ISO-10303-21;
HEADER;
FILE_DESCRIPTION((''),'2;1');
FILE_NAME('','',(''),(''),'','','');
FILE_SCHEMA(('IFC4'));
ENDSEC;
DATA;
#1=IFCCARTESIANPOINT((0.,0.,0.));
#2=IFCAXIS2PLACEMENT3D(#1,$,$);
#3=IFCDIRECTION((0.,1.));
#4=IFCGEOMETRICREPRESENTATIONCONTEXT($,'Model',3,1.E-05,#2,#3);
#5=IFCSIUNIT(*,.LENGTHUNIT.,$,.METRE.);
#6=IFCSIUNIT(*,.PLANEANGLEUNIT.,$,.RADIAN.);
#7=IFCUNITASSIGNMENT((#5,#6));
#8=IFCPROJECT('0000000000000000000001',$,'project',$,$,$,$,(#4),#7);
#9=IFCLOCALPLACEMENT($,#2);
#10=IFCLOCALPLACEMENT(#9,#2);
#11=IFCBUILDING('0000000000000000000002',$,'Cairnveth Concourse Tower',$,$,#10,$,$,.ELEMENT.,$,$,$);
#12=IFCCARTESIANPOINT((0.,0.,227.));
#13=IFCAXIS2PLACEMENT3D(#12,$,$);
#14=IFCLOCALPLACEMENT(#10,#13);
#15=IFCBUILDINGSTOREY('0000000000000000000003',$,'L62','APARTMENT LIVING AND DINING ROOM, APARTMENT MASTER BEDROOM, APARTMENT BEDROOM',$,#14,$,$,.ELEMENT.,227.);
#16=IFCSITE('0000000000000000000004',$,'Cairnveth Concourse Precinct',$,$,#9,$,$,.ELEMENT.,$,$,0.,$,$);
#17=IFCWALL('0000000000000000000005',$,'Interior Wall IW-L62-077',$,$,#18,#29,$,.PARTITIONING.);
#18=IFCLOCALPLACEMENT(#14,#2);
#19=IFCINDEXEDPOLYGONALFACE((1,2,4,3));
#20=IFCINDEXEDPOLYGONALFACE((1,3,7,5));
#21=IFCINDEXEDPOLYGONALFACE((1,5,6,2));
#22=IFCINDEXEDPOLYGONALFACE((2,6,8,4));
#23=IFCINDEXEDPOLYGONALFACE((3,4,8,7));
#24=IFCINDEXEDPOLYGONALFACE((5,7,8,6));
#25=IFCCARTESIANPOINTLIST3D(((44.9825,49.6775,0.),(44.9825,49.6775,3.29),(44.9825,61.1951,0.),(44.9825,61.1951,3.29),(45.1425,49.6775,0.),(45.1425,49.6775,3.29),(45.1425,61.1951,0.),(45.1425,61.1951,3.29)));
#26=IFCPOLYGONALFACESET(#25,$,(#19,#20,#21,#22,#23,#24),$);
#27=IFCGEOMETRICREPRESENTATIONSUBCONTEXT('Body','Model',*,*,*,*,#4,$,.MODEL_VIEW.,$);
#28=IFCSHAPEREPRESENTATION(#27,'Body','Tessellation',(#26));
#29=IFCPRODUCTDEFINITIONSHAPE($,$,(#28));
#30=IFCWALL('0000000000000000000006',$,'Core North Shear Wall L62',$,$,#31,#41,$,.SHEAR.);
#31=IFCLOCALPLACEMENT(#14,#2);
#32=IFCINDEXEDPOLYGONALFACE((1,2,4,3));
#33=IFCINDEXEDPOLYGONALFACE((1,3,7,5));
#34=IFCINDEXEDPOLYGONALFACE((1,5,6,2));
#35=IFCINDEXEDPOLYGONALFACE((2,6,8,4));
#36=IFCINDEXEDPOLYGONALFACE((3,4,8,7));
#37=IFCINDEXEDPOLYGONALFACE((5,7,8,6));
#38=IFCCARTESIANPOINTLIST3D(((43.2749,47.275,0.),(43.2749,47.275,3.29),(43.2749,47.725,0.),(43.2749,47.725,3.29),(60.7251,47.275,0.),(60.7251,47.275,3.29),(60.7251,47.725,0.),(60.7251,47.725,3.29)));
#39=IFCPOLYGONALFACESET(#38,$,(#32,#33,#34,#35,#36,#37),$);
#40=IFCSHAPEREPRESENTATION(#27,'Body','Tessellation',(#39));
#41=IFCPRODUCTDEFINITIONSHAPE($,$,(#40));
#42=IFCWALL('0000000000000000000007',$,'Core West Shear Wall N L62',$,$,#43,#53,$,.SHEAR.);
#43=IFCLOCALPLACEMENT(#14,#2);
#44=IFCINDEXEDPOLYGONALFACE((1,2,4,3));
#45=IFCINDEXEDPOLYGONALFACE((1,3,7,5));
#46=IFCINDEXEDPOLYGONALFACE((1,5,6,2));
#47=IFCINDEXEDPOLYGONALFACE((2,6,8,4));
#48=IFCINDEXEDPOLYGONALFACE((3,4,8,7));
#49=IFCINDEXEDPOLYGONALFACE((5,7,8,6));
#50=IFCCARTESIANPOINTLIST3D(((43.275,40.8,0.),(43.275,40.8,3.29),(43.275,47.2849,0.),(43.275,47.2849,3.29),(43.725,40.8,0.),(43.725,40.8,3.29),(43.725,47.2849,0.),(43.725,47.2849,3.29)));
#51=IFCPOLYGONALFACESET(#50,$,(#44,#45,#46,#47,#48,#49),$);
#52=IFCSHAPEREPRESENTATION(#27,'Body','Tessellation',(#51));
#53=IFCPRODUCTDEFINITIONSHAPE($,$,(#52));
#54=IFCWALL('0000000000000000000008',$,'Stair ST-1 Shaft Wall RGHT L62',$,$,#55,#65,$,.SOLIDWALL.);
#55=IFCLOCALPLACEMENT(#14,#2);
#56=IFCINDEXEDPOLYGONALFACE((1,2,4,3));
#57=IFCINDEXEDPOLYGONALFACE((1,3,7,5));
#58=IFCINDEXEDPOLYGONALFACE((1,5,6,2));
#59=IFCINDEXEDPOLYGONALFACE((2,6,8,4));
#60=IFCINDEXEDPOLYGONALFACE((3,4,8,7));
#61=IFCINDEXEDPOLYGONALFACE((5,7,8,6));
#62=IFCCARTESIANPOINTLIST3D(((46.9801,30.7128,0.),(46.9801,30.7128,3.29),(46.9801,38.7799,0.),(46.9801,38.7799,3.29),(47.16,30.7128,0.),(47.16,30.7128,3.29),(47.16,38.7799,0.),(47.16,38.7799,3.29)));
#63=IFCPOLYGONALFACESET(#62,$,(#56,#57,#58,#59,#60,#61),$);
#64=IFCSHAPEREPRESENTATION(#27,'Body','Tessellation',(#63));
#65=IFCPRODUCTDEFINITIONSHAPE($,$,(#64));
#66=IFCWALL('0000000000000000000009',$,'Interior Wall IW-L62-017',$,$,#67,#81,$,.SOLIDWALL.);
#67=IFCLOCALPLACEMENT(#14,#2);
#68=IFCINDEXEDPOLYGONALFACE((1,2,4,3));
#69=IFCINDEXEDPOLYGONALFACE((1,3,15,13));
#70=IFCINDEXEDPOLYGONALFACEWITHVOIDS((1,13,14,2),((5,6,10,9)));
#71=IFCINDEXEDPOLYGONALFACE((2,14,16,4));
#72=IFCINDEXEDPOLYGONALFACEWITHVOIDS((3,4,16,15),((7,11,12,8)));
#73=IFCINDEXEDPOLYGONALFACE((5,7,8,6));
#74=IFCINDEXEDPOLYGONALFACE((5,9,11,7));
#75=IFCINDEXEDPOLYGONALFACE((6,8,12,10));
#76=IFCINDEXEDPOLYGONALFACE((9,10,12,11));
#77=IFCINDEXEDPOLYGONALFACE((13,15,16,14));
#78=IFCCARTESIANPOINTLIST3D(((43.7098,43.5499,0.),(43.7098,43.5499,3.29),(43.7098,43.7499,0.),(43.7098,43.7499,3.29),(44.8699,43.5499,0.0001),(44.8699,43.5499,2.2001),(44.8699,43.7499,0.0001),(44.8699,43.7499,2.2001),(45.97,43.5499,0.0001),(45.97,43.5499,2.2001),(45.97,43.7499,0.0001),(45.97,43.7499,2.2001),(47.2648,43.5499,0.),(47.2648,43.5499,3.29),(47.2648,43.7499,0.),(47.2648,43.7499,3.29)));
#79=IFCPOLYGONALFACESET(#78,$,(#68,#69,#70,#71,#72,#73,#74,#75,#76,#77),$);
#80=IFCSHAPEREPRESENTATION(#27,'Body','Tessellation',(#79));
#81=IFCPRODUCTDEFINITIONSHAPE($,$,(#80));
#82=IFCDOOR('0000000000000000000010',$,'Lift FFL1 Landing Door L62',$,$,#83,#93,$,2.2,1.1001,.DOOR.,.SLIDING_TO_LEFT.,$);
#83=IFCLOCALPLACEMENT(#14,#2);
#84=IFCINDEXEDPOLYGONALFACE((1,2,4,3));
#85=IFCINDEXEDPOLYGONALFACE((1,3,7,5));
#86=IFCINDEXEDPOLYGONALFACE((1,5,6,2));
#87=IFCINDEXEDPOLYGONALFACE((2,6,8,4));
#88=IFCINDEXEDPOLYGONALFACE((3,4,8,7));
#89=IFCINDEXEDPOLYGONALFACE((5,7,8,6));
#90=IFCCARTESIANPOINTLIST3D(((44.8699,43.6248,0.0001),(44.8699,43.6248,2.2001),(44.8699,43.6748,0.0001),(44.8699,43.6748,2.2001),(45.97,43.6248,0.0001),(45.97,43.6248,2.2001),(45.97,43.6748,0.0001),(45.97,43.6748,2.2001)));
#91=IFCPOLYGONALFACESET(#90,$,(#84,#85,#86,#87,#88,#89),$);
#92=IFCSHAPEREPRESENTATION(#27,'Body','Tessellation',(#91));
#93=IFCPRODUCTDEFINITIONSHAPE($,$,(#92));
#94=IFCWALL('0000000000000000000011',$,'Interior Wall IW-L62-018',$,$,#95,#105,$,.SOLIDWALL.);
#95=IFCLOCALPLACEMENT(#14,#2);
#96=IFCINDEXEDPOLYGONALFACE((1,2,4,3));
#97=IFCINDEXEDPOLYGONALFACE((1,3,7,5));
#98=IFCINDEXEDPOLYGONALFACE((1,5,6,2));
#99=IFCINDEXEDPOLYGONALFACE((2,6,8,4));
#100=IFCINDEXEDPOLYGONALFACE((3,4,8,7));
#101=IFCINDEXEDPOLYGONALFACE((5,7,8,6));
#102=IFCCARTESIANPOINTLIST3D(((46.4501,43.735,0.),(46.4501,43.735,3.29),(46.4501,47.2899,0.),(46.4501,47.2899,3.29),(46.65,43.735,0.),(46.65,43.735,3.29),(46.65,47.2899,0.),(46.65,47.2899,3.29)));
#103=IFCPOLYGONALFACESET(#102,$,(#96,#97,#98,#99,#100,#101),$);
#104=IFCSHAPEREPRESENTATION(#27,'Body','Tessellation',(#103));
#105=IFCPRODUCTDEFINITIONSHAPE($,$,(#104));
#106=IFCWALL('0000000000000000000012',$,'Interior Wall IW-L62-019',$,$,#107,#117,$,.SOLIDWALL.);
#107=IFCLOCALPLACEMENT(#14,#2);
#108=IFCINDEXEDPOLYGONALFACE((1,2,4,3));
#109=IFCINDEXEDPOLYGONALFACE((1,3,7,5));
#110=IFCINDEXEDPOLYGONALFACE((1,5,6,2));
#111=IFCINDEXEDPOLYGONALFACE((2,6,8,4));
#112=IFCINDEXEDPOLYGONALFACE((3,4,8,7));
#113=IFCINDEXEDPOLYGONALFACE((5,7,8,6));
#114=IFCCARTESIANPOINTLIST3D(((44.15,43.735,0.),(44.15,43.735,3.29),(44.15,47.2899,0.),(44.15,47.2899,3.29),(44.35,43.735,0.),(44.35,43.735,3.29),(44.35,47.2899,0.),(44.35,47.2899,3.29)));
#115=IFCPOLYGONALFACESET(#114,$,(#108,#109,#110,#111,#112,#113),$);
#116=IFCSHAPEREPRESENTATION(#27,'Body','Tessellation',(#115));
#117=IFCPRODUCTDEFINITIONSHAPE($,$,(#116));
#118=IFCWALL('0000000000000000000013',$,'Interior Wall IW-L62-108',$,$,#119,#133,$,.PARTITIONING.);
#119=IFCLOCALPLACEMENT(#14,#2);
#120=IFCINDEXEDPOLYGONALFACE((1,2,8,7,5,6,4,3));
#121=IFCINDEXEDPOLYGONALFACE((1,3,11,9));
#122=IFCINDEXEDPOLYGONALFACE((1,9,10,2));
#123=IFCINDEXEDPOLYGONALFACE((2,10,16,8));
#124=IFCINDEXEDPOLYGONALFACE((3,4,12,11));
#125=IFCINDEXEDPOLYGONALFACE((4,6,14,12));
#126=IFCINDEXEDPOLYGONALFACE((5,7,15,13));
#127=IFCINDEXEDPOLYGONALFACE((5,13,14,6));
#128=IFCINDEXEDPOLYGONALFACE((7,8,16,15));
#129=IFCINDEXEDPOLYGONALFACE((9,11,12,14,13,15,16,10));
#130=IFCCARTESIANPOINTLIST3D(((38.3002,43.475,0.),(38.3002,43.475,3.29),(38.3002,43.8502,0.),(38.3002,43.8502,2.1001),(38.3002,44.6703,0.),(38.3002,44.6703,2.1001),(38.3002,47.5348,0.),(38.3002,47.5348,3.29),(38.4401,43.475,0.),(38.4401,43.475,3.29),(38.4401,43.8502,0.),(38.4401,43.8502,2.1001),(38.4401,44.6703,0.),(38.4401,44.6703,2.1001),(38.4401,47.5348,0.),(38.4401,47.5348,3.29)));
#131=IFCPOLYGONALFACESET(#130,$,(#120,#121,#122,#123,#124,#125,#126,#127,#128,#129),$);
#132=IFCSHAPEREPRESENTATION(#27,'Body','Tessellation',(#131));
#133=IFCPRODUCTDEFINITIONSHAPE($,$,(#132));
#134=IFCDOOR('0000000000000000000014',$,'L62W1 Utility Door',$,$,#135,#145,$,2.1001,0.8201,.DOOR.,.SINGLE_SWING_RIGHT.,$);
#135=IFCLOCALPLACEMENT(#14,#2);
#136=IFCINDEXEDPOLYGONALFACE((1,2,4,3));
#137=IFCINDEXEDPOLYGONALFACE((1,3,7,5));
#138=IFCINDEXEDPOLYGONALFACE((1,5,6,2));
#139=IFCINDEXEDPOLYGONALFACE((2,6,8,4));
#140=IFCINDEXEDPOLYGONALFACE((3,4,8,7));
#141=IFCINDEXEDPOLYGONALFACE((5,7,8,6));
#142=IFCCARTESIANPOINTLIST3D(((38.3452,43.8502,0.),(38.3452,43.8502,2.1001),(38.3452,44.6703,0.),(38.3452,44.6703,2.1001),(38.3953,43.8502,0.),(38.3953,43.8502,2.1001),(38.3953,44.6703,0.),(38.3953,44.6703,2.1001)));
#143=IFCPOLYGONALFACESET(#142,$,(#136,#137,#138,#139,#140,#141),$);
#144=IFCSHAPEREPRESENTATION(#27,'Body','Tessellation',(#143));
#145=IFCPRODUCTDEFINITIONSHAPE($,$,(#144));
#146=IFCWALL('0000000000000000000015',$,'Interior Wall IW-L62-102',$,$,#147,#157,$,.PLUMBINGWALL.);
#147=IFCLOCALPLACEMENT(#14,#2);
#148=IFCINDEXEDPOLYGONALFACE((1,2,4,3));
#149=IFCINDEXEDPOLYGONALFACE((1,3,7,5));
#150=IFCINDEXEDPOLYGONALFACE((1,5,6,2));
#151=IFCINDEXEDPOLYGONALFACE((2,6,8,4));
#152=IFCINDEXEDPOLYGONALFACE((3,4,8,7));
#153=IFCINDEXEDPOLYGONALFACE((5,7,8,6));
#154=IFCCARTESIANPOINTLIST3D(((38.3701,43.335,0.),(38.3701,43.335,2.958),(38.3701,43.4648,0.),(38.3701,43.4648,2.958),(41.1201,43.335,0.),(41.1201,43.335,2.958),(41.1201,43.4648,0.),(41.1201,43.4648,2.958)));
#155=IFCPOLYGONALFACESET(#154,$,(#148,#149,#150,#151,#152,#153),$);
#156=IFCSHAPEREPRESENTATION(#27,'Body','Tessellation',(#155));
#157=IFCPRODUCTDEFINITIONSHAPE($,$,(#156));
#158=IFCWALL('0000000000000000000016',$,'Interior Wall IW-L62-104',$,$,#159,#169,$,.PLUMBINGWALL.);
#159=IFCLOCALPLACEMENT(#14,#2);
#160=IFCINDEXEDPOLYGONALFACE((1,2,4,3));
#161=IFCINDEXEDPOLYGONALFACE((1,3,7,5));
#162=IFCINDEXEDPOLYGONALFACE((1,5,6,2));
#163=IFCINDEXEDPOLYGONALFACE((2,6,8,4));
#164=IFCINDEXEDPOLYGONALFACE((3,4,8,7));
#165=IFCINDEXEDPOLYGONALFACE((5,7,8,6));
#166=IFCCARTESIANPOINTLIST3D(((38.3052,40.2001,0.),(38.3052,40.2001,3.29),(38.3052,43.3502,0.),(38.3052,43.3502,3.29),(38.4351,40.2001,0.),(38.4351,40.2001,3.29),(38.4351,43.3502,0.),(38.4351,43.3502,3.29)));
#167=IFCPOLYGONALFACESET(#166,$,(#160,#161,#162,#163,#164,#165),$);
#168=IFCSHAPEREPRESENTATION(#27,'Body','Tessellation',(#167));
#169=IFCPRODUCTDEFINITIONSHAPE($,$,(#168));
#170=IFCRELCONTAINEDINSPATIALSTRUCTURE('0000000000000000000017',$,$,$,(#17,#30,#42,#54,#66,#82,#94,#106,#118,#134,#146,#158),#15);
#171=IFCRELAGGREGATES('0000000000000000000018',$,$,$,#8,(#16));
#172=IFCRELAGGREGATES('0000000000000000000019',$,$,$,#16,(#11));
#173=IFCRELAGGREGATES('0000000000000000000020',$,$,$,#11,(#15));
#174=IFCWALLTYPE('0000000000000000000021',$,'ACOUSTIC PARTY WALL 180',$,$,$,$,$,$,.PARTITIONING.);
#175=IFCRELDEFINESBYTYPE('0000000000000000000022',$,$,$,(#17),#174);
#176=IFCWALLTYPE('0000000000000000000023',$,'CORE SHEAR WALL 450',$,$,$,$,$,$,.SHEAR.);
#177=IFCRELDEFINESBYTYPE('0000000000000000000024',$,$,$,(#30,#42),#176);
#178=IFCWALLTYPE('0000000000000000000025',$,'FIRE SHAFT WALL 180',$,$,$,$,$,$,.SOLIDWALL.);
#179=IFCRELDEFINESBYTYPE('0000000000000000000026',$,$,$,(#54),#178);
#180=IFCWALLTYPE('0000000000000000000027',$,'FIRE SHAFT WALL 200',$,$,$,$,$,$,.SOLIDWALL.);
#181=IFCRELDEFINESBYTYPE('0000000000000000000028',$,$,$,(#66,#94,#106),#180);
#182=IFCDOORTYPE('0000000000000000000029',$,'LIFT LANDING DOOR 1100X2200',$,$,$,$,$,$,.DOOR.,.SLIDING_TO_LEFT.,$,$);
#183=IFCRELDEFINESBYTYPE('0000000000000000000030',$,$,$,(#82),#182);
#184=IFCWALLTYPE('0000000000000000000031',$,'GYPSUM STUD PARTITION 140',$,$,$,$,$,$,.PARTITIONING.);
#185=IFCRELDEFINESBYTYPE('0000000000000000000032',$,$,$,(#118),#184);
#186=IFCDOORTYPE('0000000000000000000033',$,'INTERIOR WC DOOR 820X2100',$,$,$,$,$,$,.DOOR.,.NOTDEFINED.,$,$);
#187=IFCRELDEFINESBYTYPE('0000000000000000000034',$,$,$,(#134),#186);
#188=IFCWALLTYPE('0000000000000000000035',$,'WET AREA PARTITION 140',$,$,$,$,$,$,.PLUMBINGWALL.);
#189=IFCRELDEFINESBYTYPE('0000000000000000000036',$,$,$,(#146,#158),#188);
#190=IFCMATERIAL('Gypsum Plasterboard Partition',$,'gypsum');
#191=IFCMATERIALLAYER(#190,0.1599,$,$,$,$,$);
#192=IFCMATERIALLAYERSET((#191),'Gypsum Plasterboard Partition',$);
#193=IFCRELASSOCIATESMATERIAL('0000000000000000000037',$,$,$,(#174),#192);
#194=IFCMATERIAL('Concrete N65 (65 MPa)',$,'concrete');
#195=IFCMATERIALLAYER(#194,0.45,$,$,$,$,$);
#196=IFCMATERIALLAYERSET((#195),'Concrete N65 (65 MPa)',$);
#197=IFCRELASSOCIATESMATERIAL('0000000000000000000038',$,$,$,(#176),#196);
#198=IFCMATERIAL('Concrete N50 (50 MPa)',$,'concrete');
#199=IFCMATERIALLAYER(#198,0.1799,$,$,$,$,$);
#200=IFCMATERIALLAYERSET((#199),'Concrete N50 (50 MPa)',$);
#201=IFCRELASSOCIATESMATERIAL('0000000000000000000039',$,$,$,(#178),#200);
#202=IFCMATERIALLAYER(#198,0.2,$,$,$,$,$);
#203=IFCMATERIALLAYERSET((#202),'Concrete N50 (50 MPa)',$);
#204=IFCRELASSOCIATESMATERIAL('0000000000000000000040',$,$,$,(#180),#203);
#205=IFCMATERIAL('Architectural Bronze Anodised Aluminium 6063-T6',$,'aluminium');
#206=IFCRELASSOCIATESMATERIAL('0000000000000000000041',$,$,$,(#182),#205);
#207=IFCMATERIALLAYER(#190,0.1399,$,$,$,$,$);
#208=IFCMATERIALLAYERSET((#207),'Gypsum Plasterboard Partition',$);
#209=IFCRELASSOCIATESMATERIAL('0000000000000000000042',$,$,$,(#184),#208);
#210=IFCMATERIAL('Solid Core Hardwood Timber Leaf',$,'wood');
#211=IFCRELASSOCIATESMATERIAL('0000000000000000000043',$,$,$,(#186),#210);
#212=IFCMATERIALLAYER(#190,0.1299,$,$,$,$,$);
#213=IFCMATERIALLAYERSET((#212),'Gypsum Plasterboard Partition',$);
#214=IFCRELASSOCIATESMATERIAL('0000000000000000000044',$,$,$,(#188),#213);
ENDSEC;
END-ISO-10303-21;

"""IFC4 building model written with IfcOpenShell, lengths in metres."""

from ifc_helpers import new_model, si_unit, direction, frame, frame_2d, origin, place, context, subcontext, project, spatial, rectangle, extrude, material, layer, layer_set, type_object, element, fill, save


model = new_model("IFC4")

# Units and contexts
model_context = context("Model", 3, precision=1e-05, world=origin(), true_north=direction((0.0, 1.0)))
body_context = subcontext(model_context, "Body", "Model", "MODEL_VIEW")
ifc_project = project(units=[si_unit("LENGTHUNIT", "METRE"), si_unit("PLANEANGLEUNIT", "RADIAN")], contexts=[model_context])

# Site, building, storey
site_placement = place(None, origin())
site = spatial("IfcSite", under=ifc_project, at=site_placement, Name="Cairnveth Concourse Precinct", CompositionType="ELEMENT", RefElevation=0.0)
building_placement = place(site_placement, origin())
building = spatial("IfcBuilding", under=site, at=building_placement, Name="Cairnveth Concourse Tower", CompositionType="ELEMENT")
storey_placement = place(building_placement, frame((0.0, 0.0, 227.0)))
storey = spatial("IfcBuildingStorey", under=building, at=storey_placement, Name="L62", Description="APARTMENT LIVING AND DINING ROOM, APARTMENT MASTER BEDROOM, APARTMENT BEDROOM", CompositionType="ELEMENT", Elevation=227.0)

# Shared definitions
ifc_material_1 = material(Name="Concrete N65 (65 MPa)", Category="concrete")

# Walls
ifc_material_2 = material(Name="Gypsum Plasterboard Partition", Category="gypsum")
ifc_layer_1 = layer(ifc_material_2, 0.1599)
ifc_layer_set_1 = layer_set([ifc_layer_1], Name="Gypsum Plasterboard Partition")
wall_type_1 = type_object("IfcWallType", Name="ACOUSTIC PARTY WALL 180", PredefinedType="PARTITIONING", material=ifc_layer_set_1)
wall_1_placement = place(storey_placement, frame((45.0625, 49.6775, 0.0), z_axis=(0.0, 0.0, 1.0), x_axis=(0.0, 1.0, 0.0)))
element("IfcWall", 1, at=wall_1_placement, inside=storey, type_object=wall_type_1, Name="Interior Wall IW-L62-077", PredefinedType="PARTITIONING", context=body_context, shape_type="SweptSolid", body=[
    extrude(rectangle(XDim=11.5176, YDim=0.1599, at=frame_2d((5.7588, 0.0))), origin(), (0.0, 0.0, 1.0), 3.29),
])
ifc_layer_2 = layer(ifc_material_1, 0.45)
ifc_layer_set_2 = layer_set([ifc_layer_2], Name="Concrete N65 (65 MPa)")
wall_type_2 = type_object("IfcWallType", Name="CORE SHEAR WALL 450", PredefinedType="SHEAR", material=ifc_layer_set_2)
wall_2_placement = place(storey_placement, frame((43.2749, 47.5, 0.0), z_axis=(0.0, 0.0, 1.0), x_axis=(1.0, 0.0, 0.0)))
element("IfcWall", 2, at=wall_2_placement, inside=storey, type_object=wall_type_2, Name="Core North Shear Wall L62", PredefinedType="SHEAR", context=body_context, shape_type="SweptSolid", body=[
    extrude(rectangle(XDim=17.4502, YDim=0.45, at=frame_2d((8.7251, 0.0))), origin(), (0.0, 0.0, 1.0), 3.29),
])
wall_3_placement = place(storey_placement, frame((43.5, 40.8, 0.0), z_axis=(0.0, 0.0, 1.0), x_axis=(0.0, 1.0, 0.0)))
element("IfcWall", 3, at=wall_3_placement, inside=storey, type_object=wall_type_2, Name="Core West Shear Wall N L62", PredefinedType="SHEAR", context=body_context, shape_type="SweptSolid", body=[
    extrude(rectangle(XDim=6.4849, YDim=0.45, at=frame_2d((3.2424, 0.0))), origin(), (0.0, 0.0, 1.0), 3.29),
])
ifc_material_3 = material(Name="Concrete N50 (50 MPa)", Category="concrete")
ifc_layer_3 = layer(ifc_material_3, 0.1799)
ifc_layer_set_3 = layer_set([ifc_layer_3], Name="Concrete N50 (50 MPa)")
wall_type_3 = type_object("IfcWallType", Name="FIRE SHAFT WALL 180", PredefinedType="SOLIDWALL", material=ifc_layer_set_3)
wall_4_placement = place(storey_placement, frame((47.0701, 38.78, 0.0), z_axis=(0.0, 0.0, 1.0), x_axis=(0.0, -1.0, 0.0)))
element("IfcWall", 4, at=wall_4_placement, inside=storey, type_object=wall_type_3, Name="Stair ST-1 Shaft Wall RGHT L62", PredefinedType="SOLIDWALL", context=body_context, shape_type="SweptSolid", body=[
    extrude(rectangle(XDim=8.0671, YDim=0.1799, at=frame_2d((4.0337, 0.0))), origin(), (0.0, 0.0, 1.0), 3.29),
])

# Wall, opening, door
ifc_layer_4 = layer(ifc_material_3, 0.2)
ifc_layer_set_4 = layer_set([ifc_layer_4], Name="Concrete N50 (50 MPa)")
wall_type_4 = type_object("IfcWallType", Name="FIRE SHAFT WALL 200", PredefinedType="SOLIDWALL", material=ifc_layer_set_4)
wall_5_placement = place(storey_placement, frame((43.71, 43.6499, 0.0), z_axis=(0.0, 0.0, 1.0), x_axis=(1.0, 0.0, 0.0)))
wall_5 = element("IfcWall", 5, at=wall_5_placement, inside=storey, type_object=wall_type_4, Name="Interior Wall IW-L62-017", PredefinedType="SOLIDWALL", context=body_context, shape_type="SweptSolid", body=[
    extrude(rectangle(XDim=3.5549, YDim=0.2, at=frame_2d((1.7773, 0.0))), origin(), (0.0, 0.0, 1.0), 3.29),
])
opening_1_placement = place(wall_5_placement, frame((1.1599, 0.0, 0.0)))
opening_1 = element("IfcOpeningElement", 6, at=opening_1_placement, cuts=wall_5, PredefinedType="OPENING", context=body_context, shape_type="SweptSolid", body=[
    extrude(rectangle(XDim=1.1001, YDim=2.2, at=frame_2d((0.55, 1.1001))), frame((0.0, 0.1099, 0.0), z_axis=(0.0, -1.0, 0.0), x_axis=(1.0, 0.0, 0.0)), (0.0, 0.0, 1.0), 0.22),
])
ifc_material_4 = material(Name="Architectural Bronze Anodised Aluminium 6063-T6", Category="aluminium")
door_type_1 = type_object("IfcDoorType", Name="LIFT LANDING DOOR 1100X2200", OperationType="SLIDING_TO_LEFT", PredefinedType="DOOR", material=ifc_material_4)
door_1_placement = place(opening_1_placement, origin())
door_1 = element("IfcDoor", 7, at=door_1_placement, inside=storey, type_object=door_type_1, Name="Lift FFL1 Landing Door L62", OperationType="SLIDING_TO_LEFT", OverallHeight=2.2, OverallWidth=1.1001, PredefinedType="DOOR", context=body_context, shape_type="SweptSolid", body=[
    extrude(rectangle(XDim=1.1001, YDim=2.2, at=frame_2d((0.55, 1.1001))), frame((0.0, 0.0249, 0.0), z_axis=(0.0, -1.0, 0.0), x_axis=(1.0, 0.0, 0.0)), (0.0, 0.0, 1.0), 0.05),
])
fill(opening_1, door_1)

# Walls
for number, where, z_axis, x_axis, name in (
    (8, (46.55, 43.7351, 0.0), (0.0, 0.0, 1.0), (0.0, 1.0, 0.0), "Interior Wall IW-L62-018"),
    (9, (44.25, 43.7351, 0.0), (0.0, 0.0, 1.0), (0.0, 1.0, 0.0), "Interior Wall IW-L62-019"),
):
    element("IfcWall", number, at=place(storey_placement, frame(where, z_axis=z_axis, x_axis=x_axis)), inside=storey, type_object=wall_type_4, Name=name, PredefinedType="SOLIDWALL", context=body_context, shape_type="SweptSolid", body=[
        extrude(rectangle(XDim=3.5549, YDim=0.2, at=frame_2d((1.7773, 0.0))), origin(), (0.0, 0.0, 1.0), 3.29),
    ])

# Wall, opening, door
ifc_layer_5 = layer(ifc_material_2, 0.1399)
ifc_layer_set_5 = layer_set([ifc_layer_5], Name="Gypsum Plasterboard Partition")
wall_type_5 = type_object("IfcWallType", Name="GYPSUM STUD PARTITION 140", PredefinedType="PARTITIONING", material=ifc_layer_set_5)
wall_6_placement = place(storey_placement, frame((38.3701, 43.4751, 0.0), z_axis=(0.0, 0.0, 1.0), x_axis=(0.0, 1.0, 0.0)))
wall_6 = element("IfcWall", 10, at=wall_6_placement, inside=storey, type_object=wall_type_5, Name="Interior Wall IW-L62-108", PredefinedType="PARTITIONING", context=body_context, shape_type="SweptSolid", body=[
    extrude(rectangle(XDim=4.0598, YDim=0.1399, at=frame_2d((2.0298, 0.0))), origin(), (0.0, 0.0, 1.0), 3.29),
])
opening_2_placement = place(wall_6_placement, frame((0.375, 0.0, 0.0)))
opening_2 = element("IfcOpeningElement", 11, at=opening_2_placement, cuts=wall_6, PredefinedType="OPENING", context=body_context, shape_type="SweptSolid", body=[
    extrude(rectangle(XDim=0.8201, YDim=2.1001, at=frame_2d((0.4102, 1.05))), frame((0.0, 0.0798, 0.0), z_axis=(0.0, -1.0, 0.0), x_axis=(1.0, 0.0, 0.0)), (0.0, 0.0, 1.0), 0.1599),
])
ifc_material_5 = material(Name="Solid Core Hardwood Timber Leaf", Category="wood")
door_type_2 = type_object("IfcDoorType", Name="INTERIOR WC DOOR 820X2100", OperationType="NOTDEFINED", PredefinedType="DOOR", material=ifc_material_5)
door_2_placement = place(opening_2_placement, origin())
door_2 = element("IfcDoor", 12, at=door_2_placement, inside=storey, type_object=door_type_2, Name="L62W1 Utility Door", OperationType="SINGLE_SWING_RIGHT", OverallHeight=2.1001, OverallWidth=0.8201, PredefinedType="DOOR", context=body_context, shape_type="SweptSolid", body=[
    extrude(rectangle(XDim=0.8201, YDim=2.1001, at=frame_2d((0.4102, 1.05))), frame((0.0, 0.0249, 0.0), z_axis=(0.0, -1.0, 0.0), x_axis=(1.0, 0.0, 0.0)), (0.0, 0.0, 1.0), 0.05),
])
fill(opening_2, door_2)

# Walls
ifc_layer_6 = layer(ifc_material_2, 0.1299)
ifc_layer_set_6 = layer_set([ifc_layer_6], Name="Gypsum Plasterboard Partition")
wall_type_6 = type_object("IfcWallType", Name="WET AREA PARTITION 140", PredefinedType="PLUMBINGWALL", material=ifc_layer_set_6)
wall_7_placement = place(storey_placement, frame((38.3701, 43.3999, 0.0), z_axis=(0.0, 0.0, 1.0), x_axis=(1.0, 0.0, 0.0)))
element("IfcWall", 13, at=wall_7_placement, inside=storey, type_object=wall_type_6, Name="Interior Wall IW-L62-102", PredefinedType="PLUMBINGWALL", context=body_context, shape_type="SweptSolid", body=[
    extrude(rectangle(XDim=2.75, YDim=0.1299, at=frame_2d((1.375, 0.0))), origin(), (0.0, 0.0, 1.0), 2.958),
])
wall_8_placement = place(storey_placement, frame((38.3701, 40.2, 0.0), z_axis=(0.0, 0.0, 1.0), x_axis=(0.0, 1.0, 0.0)))
element("IfcWall", 14, at=wall_8_placement, inside=storey, type_object=wall_type_6, Name="Interior Wall IW-L62-104", PredefinedType="PLUMBINGWALL", context=body_context, shape_type="SweptSolid", body=[
    extrude(rectangle(XDim=3.1501, YDim=0.1299, at=frame_2d((1.5752, 0.0))), origin(), (0.0, 0.0, 1.0), 3.29),
])

save(model, "model.ifc")
